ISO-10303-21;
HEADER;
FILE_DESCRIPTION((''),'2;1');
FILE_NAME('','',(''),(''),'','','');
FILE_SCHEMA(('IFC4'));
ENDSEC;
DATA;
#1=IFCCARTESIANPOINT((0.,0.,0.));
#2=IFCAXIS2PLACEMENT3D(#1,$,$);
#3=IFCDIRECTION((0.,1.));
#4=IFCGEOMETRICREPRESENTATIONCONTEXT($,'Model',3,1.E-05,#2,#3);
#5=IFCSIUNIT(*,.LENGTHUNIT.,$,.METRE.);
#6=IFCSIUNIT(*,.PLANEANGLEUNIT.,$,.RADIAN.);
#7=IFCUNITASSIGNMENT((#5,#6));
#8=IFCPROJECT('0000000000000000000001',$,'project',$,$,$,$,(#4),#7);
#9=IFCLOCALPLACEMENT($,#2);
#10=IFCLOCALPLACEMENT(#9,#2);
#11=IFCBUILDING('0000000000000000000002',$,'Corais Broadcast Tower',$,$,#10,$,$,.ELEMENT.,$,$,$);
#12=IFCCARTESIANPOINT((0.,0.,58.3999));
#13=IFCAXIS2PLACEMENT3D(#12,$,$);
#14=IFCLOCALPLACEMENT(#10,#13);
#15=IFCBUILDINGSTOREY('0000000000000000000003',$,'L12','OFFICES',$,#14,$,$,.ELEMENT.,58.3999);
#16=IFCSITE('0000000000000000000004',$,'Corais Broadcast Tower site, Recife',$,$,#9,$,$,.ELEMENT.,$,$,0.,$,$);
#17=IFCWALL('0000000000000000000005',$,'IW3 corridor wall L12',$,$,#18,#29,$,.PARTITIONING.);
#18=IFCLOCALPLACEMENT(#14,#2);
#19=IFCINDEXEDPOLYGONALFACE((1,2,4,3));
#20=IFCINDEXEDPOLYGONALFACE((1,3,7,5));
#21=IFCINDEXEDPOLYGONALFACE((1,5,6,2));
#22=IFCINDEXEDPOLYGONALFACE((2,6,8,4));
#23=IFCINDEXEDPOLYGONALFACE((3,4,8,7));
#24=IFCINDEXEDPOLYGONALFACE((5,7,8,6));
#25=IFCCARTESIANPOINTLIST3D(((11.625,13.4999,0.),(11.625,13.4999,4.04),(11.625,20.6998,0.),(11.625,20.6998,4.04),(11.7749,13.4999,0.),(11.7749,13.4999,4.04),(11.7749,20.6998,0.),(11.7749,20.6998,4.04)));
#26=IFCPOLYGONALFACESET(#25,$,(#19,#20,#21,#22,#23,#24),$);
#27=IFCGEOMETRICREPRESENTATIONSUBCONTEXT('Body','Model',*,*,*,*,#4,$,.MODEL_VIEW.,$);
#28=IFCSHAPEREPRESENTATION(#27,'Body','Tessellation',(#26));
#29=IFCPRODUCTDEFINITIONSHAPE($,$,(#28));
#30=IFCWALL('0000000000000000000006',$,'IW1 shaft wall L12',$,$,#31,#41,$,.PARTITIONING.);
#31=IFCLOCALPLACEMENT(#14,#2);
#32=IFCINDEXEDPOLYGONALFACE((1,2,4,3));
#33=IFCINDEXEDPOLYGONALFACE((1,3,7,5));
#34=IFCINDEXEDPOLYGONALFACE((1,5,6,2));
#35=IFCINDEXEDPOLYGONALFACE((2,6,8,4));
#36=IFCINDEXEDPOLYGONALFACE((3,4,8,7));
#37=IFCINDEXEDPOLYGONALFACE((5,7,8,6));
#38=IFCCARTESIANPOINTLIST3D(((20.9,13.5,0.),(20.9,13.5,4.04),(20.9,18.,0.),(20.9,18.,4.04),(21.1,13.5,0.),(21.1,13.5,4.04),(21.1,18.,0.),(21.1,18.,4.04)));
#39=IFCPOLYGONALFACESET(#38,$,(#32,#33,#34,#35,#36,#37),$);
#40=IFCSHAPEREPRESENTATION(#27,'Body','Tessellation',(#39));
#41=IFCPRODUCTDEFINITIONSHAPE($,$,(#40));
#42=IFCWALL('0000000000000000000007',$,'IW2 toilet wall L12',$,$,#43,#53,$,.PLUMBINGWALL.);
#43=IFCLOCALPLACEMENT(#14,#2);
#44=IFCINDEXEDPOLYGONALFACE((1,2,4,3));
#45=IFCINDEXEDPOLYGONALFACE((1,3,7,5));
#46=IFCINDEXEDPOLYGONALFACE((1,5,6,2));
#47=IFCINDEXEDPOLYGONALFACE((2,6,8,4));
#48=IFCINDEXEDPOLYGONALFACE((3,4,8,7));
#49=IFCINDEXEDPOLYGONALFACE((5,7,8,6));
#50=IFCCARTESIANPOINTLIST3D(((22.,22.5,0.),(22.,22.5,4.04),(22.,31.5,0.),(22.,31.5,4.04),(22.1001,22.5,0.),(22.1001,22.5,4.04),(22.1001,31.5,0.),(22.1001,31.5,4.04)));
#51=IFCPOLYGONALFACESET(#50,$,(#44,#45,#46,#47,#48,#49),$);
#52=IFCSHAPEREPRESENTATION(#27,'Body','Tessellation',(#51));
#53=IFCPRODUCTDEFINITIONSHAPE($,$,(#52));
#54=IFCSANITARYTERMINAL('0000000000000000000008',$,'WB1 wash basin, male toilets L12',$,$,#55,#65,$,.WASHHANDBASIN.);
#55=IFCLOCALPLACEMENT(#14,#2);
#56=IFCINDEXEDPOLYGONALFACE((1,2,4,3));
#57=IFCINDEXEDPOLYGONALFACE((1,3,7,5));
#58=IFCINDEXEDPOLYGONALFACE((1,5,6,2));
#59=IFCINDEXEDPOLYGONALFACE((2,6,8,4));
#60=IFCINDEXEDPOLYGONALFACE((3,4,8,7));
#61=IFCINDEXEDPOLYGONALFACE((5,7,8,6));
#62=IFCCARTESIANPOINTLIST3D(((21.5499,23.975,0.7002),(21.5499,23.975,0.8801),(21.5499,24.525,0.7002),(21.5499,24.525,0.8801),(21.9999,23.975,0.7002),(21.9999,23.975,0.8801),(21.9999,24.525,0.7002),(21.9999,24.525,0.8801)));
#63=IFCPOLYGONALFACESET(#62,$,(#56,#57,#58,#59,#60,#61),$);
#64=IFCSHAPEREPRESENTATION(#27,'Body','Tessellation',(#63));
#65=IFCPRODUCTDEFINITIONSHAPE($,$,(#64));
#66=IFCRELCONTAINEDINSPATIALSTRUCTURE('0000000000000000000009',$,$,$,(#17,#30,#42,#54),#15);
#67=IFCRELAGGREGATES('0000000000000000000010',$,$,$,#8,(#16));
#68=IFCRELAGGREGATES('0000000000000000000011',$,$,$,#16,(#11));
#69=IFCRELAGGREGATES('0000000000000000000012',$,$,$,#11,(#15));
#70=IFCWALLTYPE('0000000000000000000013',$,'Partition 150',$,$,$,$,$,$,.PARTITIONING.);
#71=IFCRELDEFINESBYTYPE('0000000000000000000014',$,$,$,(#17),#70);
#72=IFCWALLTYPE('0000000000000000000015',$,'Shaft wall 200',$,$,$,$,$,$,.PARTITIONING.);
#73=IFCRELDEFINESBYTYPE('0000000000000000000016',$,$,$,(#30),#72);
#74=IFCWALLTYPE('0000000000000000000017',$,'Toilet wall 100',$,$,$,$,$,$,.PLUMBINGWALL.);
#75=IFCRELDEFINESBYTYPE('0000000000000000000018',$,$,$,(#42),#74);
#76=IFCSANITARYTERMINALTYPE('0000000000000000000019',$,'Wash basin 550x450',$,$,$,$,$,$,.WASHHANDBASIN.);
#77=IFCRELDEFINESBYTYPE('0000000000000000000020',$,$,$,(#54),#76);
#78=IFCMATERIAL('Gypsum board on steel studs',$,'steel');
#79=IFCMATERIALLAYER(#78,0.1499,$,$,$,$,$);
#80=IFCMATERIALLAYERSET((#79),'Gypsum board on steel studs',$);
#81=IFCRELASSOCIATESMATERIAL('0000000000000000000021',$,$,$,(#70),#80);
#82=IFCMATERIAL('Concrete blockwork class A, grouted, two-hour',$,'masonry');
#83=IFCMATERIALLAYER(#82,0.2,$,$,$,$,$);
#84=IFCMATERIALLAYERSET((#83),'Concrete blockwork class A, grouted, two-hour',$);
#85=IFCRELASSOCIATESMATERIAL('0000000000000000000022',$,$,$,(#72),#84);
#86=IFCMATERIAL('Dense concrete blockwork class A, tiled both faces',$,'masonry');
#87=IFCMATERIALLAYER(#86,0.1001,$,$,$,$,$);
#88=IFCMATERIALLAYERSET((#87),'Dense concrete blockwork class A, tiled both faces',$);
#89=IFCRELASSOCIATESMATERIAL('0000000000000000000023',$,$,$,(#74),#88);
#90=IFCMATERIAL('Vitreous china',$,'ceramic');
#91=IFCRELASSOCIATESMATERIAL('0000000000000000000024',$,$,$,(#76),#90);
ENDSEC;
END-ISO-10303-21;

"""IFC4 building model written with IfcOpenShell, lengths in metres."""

from ifc_helpers import new_model, si_unit, direction, frame, frame_2d, origin, origin_2d, place, context, subcontext, project, spatial, rectangle, extrude, material, layer, layer_set, type_object, element, save


model = new_model("IFC4")

# Units and contexts
model_context = context("Model", 3, precision=1e-05, world=origin(), true_north=direction((0.0, 1.0)))
body_context = subcontext(model_context, "Body", "Model", "MODEL_VIEW")
ifc_project = project(units=[si_unit("LENGTHUNIT", "METRE"), si_unit("PLANEANGLEUNIT", "RADIAN")], contexts=[model_context])

# Site, building, storey
site_placement = place(None, origin())
site = spatial("IfcSite", under=ifc_project, at=site_placement, Name="Corais Broadcast Tower site, Recife", CompositionType="ELEMENT", RefElevation=0.0)
building_placement = place(site_placement, origin())
building = spatial("IfcBuilding", under=site, at=building_placement, Name="Corais Broadcast Tower", CompositionType="ELEMENT")
storey_placement = place(building_placement, frame((0.0, 0.0, 58.3999)))
storey = spatial("IfcBuildingStorey", under=building, at=storey_placement, Name="L12", Description="OFFICES", CompositionType="ELEMENT", Elevation=58.3999)

# Walls
ifc_material_1 = material(Name="Gypsum board on steel studs", Category="steel")
ifc_layer_1 = layer(ifc_material_1, 0.1499)
ifc_layer_set_1 = layer_set([ifc_layer_1], Name="Gypsum board on steel studs")
wall_type_1 = type_object("IfcWallType", Name="Partition 150", PredefinedType="PARTITIONING", material=ifc_layer_set_1)
wall_1_placement = place(storey_placement, frame((11.7, 20.7, 0.0), z_axis=(0.0, 0.0, 1.0), x_axis=(0.0, -1.0, 0.0)))
element("IfcWall", 1, at=wall_1_placement, inside=storey, type_object=wall_type_1, Name="IW3 corridor wall L12", PredefinedType="PARTITIONING", context=body_context, shape_type="SweptSolid", body=[
    extrude(rectangle(XDim=7.2, YDim=0.1499, at=frame_2d((3.6001, 0.0))), origin(), (0.0, 0.0, 1.0), 4.04),
])
ifc_material_2 = material(Name="Concrete blockwork class A, grouted, two-hour", Category="masonry")
ifc_layer_2 = layer(ifc_material_2, 0.2)
ifc_layer_set_2 = layer_set([ifc_layer_2], Name="Concrete blockwork class A, grouted, two-hour")
wall_type_2 = type_object("IfcWallType", Name="Shaft wall 200", PredefinedType="PARTITIONING", material=ifc_layer_set_2)
wall_2_placement = place(storey_placement, frame((21.0, 13.5, 0.0), z_axis=(0.0, 0.0, 1.0), x_axis=(0.0, 1.0, 0.0)))
element("IfcWall", 2, at=wall_2_placement, inside=storey, type_object=wall_type_2, Name="IW1 shaft wall L12", PredefinedType="PARTITIONING", context=body_context, shape_type="SweptSolid", body=[
    extrude(rectangle(XDim=4.5, YDim=0.2, at=frame_2d((2.25, 0.0))), origin(), (0.0, 0.0, 1.0), 4.04),
])
ifc_material_3 = material(Name="Dense concrete blockwork class A, tiled both faces", Category="masonry")
ifc_layer_3 = layer(ifc_material_3, 0.1001)
ifc_layer_set_3 = layer_set([ifc_layer_3], Name="Dense concrete blockwork class A, tiled both faces")
wall_type_3 = type_object("IfcWallType", Name="Toilet wall 100", PredefinedType="PLUMBINGWALL", material=ifc_layer_set_3)
wall_3_placement = place(storey_placement, frame((22.05, 22.5, 0.0), z_axis=(0.0, 0.0, 1.0), x_axis=(0.0, 1.0, 0.0)))
element("IfcWall", 3, at=wall_3_placement, inside=storey, type_object=wall_type_3, Name="IW2 toilet wall L12", PredefinedType="PLUMBINGWALL", context=body_context, shape_type="SweptSolid", body=[
    extrude(rectangle(XDim=9.0, YDim=0.1001, at=frame_2d((4.5, 0.0))), origin(), (0.0, 0.0, 1.0), 4.04),
])

# Sanitary terminal
ifc_material_4 = material(Name="Vitreous china", Category="ceramic")
sanitary_terminal_type = type_object("IfcSanitaryTerminalType", Name="Wash basin 550x450", PredefinedType="WASHHANDBASIN", material=ifc_material_4)
sanitary_terminal_placement = place(storey_placement, frame((21.7749, 24.25, 0.7002), z_axis=(0.0, 0.0, 1.0), x_axis=(1.0, 0.0, 0.0)))
element("IfcSanitaryTerminal", 4, at=sanitary_terminal_placement, inside=storey, type_object=sanitary_terminal_type, Name="WB1 wash basin, male toilets L12", PredefinedType="WASHHANDBASIN", context=body_context, shape_type="SweptSolid", body=[
    extrude(rectangle(XDim=0.45, YDim=0.55, at=origin_2d()), origin(), (0.0, 0.0, 1.0), 0.1799),
])

save(model, "model.ifc")
